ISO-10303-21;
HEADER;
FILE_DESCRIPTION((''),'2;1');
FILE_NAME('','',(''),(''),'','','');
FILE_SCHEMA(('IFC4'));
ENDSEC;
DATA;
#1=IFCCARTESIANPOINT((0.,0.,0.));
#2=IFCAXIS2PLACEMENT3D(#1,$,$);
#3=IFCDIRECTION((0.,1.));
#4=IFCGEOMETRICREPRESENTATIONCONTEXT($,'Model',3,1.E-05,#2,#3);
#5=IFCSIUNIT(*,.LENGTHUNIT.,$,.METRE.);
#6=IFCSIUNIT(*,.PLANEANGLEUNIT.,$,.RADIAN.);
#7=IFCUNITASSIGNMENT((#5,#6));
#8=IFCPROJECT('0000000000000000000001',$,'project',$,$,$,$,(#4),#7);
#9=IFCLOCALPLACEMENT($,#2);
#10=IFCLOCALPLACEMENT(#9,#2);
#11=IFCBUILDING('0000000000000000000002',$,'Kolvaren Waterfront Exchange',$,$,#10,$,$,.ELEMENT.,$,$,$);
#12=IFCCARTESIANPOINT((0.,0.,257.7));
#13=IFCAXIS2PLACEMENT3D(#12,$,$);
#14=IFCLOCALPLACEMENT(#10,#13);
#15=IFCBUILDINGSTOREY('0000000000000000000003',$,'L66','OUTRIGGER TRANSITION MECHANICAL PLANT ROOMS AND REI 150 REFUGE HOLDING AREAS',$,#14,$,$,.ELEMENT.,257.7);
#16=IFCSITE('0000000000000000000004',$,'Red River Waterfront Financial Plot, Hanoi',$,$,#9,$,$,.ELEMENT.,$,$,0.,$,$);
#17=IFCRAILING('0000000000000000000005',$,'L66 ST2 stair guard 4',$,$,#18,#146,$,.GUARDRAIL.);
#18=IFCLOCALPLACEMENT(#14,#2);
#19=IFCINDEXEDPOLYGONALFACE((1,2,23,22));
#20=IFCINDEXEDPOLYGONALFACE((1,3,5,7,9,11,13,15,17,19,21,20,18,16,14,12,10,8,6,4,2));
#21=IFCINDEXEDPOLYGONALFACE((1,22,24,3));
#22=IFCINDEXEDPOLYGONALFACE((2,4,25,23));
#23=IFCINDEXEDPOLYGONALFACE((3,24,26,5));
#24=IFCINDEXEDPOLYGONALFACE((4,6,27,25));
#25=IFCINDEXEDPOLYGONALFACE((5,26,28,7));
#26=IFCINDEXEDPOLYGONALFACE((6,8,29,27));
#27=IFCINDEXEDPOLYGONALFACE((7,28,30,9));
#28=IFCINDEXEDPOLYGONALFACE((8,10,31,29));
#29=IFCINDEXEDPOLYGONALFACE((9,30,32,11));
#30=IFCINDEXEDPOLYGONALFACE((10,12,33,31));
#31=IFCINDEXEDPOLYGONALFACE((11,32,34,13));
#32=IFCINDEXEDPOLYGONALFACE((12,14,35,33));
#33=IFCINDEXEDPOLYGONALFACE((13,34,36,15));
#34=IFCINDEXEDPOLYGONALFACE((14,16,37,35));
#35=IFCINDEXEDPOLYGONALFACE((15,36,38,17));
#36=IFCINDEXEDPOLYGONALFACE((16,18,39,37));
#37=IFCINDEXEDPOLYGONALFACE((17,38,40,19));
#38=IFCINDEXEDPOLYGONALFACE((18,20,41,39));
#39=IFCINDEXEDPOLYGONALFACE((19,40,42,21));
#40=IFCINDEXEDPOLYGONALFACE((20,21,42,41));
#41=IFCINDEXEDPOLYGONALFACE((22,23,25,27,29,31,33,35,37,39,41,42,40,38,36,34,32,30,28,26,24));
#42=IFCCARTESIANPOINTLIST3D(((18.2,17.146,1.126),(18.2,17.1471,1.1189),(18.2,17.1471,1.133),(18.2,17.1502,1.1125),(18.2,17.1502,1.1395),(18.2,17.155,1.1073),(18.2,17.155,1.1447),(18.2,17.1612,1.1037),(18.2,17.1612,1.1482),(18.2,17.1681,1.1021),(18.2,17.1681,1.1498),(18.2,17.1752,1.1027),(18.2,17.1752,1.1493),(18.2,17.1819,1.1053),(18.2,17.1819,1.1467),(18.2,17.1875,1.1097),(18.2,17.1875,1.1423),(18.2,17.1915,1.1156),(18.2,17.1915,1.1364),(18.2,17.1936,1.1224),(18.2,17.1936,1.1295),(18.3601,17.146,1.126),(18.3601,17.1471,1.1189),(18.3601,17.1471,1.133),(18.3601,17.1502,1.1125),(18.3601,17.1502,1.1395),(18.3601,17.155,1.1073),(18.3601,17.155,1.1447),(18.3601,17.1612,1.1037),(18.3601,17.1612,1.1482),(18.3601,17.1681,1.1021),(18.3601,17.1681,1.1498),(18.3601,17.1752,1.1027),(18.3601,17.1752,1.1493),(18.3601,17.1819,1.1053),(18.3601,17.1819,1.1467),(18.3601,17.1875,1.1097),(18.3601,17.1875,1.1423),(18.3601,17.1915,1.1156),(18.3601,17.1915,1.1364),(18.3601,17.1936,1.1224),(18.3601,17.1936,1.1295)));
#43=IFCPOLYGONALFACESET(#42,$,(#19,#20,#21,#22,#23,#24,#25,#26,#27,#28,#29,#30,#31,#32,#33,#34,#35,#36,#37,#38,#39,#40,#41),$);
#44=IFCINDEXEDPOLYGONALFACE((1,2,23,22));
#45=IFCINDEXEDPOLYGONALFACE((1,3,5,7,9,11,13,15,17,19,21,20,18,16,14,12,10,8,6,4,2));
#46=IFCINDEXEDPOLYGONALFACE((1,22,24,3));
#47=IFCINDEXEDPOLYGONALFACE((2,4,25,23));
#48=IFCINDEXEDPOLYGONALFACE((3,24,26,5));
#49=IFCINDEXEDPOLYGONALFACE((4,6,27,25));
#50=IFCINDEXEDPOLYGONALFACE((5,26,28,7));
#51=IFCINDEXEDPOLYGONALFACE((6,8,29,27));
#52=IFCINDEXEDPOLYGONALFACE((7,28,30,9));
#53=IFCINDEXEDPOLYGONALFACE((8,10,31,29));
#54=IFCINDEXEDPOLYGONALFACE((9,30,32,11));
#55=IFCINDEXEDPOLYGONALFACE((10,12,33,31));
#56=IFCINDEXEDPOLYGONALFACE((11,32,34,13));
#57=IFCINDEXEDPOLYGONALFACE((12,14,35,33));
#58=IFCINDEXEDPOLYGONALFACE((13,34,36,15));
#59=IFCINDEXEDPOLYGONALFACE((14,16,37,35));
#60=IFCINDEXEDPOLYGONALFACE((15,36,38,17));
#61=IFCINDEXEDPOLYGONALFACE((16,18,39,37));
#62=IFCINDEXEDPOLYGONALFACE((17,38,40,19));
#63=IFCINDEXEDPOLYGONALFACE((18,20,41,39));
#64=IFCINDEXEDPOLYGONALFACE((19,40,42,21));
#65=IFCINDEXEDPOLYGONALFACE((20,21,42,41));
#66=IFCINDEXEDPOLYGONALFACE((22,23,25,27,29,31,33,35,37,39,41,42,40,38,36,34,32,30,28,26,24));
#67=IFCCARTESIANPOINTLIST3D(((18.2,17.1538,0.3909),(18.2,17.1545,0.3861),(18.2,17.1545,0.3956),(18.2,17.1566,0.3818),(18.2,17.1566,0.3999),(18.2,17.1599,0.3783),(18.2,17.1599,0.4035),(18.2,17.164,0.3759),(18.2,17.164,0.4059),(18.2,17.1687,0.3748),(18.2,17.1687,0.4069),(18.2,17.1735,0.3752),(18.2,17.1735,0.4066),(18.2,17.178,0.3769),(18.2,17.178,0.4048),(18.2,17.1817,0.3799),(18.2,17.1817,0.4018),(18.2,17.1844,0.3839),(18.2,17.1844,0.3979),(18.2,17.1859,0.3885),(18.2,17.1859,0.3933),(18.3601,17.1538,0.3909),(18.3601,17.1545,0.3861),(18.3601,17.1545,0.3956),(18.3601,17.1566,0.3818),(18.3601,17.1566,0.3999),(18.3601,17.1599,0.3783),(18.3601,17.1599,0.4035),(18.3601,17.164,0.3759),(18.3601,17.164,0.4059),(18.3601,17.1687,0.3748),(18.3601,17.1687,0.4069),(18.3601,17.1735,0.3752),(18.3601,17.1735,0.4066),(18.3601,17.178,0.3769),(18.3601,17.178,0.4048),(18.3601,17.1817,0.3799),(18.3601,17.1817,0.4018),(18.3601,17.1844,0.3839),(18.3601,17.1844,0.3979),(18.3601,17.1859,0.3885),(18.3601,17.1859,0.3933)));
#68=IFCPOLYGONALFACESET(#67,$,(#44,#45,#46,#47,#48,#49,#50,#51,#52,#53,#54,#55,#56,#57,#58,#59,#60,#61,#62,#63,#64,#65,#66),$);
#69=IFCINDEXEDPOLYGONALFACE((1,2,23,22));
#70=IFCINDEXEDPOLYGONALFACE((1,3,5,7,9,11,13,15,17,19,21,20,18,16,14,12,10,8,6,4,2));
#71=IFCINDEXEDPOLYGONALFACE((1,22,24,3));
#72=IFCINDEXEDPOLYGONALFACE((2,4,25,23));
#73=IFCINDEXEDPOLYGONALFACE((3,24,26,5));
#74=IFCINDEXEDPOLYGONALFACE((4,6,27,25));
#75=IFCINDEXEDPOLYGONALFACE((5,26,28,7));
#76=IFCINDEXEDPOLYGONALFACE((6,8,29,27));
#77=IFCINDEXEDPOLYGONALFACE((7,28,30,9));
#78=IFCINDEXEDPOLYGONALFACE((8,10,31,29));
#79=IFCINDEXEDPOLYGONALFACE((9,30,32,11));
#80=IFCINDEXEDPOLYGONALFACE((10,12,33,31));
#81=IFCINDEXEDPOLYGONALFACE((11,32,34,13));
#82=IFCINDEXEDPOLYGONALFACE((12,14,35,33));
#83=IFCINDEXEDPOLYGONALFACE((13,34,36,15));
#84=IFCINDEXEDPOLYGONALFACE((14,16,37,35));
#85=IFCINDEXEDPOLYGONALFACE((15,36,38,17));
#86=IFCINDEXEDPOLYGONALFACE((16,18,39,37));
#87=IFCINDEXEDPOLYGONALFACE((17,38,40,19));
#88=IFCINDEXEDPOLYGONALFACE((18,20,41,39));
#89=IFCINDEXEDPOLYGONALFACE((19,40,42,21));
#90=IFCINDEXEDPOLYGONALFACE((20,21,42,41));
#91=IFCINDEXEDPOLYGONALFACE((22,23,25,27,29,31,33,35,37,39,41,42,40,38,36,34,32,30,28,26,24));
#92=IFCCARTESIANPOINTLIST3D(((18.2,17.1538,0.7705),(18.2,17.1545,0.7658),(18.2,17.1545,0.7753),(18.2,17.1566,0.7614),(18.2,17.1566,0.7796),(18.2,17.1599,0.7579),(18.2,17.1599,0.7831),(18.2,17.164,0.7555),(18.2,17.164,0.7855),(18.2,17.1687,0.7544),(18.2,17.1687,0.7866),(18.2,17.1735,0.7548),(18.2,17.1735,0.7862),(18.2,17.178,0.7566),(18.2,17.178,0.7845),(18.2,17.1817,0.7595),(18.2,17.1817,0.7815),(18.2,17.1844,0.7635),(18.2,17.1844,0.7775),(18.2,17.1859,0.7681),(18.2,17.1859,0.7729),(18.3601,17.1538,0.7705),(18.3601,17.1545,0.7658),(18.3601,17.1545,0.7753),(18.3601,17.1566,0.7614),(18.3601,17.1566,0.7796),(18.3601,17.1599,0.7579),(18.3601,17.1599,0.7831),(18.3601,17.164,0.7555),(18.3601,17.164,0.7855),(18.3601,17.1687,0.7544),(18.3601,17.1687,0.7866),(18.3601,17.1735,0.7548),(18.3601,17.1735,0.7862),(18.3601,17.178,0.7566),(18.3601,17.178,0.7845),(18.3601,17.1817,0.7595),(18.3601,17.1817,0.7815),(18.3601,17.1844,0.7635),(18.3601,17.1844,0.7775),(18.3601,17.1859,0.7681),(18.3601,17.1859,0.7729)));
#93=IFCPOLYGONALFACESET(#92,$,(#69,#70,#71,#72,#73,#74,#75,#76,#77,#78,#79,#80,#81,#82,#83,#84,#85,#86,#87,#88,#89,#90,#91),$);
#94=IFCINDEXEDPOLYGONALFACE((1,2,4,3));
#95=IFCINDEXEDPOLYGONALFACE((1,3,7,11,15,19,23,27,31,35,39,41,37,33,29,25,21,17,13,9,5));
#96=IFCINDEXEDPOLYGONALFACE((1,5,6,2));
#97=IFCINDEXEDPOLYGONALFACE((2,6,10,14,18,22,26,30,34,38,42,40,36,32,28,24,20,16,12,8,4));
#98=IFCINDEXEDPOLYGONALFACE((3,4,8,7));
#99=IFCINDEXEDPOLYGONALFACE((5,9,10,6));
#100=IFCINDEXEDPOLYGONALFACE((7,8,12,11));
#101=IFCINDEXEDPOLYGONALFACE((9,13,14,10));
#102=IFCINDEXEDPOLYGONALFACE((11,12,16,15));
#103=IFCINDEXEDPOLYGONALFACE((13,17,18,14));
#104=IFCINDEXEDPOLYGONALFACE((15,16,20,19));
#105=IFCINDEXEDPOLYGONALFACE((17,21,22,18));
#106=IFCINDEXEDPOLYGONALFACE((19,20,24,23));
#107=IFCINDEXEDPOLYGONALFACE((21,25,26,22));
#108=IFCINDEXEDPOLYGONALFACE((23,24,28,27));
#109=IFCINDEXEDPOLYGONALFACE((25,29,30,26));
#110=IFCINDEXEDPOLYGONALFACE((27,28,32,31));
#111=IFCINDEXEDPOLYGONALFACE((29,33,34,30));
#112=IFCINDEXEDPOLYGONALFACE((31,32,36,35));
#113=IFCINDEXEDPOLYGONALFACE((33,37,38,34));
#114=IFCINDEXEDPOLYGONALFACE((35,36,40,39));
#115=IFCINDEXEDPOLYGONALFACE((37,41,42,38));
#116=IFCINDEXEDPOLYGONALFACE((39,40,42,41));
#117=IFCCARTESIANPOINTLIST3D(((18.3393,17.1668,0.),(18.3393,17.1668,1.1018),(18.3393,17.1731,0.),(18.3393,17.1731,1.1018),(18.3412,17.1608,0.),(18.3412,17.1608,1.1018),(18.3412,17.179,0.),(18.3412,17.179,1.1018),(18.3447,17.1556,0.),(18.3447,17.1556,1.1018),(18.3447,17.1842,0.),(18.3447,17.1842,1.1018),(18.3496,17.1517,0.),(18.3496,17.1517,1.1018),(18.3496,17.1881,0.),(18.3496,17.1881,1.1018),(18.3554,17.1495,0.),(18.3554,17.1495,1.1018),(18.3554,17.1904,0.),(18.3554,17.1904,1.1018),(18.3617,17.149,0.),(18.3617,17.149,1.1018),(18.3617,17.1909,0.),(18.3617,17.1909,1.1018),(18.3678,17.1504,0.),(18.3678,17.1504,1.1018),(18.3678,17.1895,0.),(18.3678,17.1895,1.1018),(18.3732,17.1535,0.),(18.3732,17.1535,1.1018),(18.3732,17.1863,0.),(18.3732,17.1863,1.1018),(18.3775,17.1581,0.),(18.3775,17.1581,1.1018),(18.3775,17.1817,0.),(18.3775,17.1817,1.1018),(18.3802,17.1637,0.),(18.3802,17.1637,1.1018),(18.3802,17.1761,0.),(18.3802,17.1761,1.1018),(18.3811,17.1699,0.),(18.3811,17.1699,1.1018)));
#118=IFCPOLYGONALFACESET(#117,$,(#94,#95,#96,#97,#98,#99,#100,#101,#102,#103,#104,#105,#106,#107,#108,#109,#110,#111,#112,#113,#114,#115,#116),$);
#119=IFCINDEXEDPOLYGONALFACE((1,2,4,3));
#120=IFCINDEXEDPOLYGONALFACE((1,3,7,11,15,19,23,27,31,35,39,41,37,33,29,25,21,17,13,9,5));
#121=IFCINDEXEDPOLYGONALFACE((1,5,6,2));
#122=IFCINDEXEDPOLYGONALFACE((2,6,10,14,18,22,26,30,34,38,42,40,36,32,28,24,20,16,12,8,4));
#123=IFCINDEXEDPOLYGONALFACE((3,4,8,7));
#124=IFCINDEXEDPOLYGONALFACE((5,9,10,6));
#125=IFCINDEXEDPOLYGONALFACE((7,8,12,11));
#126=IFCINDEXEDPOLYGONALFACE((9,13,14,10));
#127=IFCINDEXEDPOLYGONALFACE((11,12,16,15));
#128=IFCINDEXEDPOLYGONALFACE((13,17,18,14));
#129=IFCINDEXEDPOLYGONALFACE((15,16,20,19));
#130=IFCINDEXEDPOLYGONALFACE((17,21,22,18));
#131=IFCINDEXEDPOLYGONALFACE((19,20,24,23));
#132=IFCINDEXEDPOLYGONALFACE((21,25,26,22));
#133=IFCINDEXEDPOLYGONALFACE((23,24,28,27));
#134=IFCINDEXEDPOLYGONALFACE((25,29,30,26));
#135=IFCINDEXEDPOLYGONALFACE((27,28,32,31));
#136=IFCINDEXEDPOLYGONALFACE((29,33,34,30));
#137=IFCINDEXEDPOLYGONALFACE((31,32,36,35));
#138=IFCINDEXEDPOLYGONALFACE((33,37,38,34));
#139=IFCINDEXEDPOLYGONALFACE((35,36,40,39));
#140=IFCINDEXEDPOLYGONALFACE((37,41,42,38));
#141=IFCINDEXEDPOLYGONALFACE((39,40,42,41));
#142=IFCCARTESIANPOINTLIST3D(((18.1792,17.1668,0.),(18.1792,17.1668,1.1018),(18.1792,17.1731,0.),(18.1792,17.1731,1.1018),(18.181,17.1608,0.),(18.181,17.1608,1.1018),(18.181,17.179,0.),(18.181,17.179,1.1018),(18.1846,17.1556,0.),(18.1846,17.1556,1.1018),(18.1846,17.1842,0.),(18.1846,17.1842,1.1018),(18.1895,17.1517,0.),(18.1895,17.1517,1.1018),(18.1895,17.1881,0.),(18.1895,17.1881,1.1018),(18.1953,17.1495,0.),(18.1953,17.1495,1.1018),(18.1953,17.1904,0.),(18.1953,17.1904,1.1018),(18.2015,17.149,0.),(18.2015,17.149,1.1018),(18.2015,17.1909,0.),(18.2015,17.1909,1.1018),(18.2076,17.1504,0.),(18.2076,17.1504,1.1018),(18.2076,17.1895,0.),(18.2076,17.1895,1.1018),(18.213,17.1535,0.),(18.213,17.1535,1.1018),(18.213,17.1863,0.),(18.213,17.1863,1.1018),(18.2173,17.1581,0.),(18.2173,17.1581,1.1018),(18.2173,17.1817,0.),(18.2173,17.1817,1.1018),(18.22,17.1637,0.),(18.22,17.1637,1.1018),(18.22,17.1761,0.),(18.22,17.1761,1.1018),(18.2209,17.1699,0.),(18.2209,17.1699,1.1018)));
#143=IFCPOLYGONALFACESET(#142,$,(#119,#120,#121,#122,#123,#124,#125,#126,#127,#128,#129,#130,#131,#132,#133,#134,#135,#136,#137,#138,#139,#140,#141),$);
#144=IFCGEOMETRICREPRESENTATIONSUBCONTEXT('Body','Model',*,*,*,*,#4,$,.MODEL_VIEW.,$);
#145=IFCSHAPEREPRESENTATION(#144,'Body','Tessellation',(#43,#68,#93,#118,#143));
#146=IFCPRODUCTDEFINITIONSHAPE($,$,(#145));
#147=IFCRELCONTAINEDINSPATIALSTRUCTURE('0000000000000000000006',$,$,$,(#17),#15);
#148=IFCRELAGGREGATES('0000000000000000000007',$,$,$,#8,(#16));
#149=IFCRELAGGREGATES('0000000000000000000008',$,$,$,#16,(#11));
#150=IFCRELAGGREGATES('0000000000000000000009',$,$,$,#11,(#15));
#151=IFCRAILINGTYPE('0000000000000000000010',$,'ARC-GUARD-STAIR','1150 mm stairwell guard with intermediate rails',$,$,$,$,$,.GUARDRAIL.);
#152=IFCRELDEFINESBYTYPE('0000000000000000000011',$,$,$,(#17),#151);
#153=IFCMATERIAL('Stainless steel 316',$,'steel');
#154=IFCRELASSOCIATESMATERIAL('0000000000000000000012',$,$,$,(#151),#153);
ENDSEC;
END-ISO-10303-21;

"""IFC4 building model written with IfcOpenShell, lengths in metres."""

from ifc_helpers import new_model, si_unit, direction, frame, origin, origin_2d, place, context, subcontext, project, spatial, circle, extrude, material, type_object, element, save


model = new_model("IFC4")

# Units and contexts
model_context = context("Model", 3, precision=1e-05, world=origin(), true_north=direction((0.0, 1.0)))
body_context = subcontext(model_context, "Body", "Model", "MODEL_VIEW")
ifc_project = project(units=[si_unit("LENGTHUNIT", "METRE"), si_unit("PLANEANGLEUNIT", "RADIAN")], contexts=[model_context])

# Site, building, storey
site_placement = place(None, origin())
site = spatial("IfcSite", under=ifc_project, at=site_placement, Name="Red River Waterfront Financial Plot, Hanoi", CompositionType="ELEMENT", RefElevation=0.0)
building_placement = place(site_placement, origin())
building = spatial("IfcBuilding", under=site, at=building_placement, Name="Kolvaren Waterfront Exchange", CompositionType="ELEMENT")
storey_placement = place(building_placement, frame((0.0, 0.0, 257.7)))
storey = spatial("IfcBuildingStorey", under=building, at=storey_placement, Name="L66", Description="OUTRIGGER TRANSITION MECHANICAL PLANT ROOMS AND REI 150 REFUGE HOLDING AREAS", CompositionType="ELEMENT", Elevation=257.7)

# Railing
ifc_material_1 = material(Name="Stainless steel 316", Category="steel")
railing_type_1 = type_object("IfcRailingType", Name="ARC-GUARD-STAIR", Description="1150 mm stairwell guard with intermediate rails", PredefinedType="GUARDRAIL", material=ifc_material_1)
railing_1_placement = place(storey_placement, frame((18.3601, 17.1699, 0.0)))
element("IfcRailing", 1, at=railing_1_placement, inside=storey, type_object=railing_type_1, Name="L66 ST2 stair guard 4", PredefinedType="GUARDRAIL", context=body_context, shape_type="SweptSolid", body=[
    extrude(circle(Radius=0.0239, at=origin_2d()), frame((0.0, 0.0, 1.126), z_axis=(-1.0, 0.0, 0.0), x_axis=(0.0, -1.0, 0.0)), (0.0, 0.0, 1.0), 0.1602),
    extrude(circle(Radius=0.0161, at=origin_2d()), frame((0.0, 0.0, 0.3909), z_axis=(-1.0, 0.0, 0.0), x_axis=(0.0, -1.0, 0.0)), (0.0, 0.0, 1.0), 0.1602),
    extrude(circle(Radius=0.0161, at=origin_2d()), frame((0.0, 0.0, 0.7705), z_axis=(-1.0, 0.0, 0.0), x_axis=(0.0, -1.0, 0.0)), (0.0, 0.0, 1.0), 0.1602),
    extrude(circle(Radius=0.021, at=origin_2d()), origin(), (0.0, 0.0, 1.0), 1.1018),
    extrude(circle(Radius=0.021, at=origin_2d()), frame((-0.1602, 0.0, 0.0)), (0.0, 0.0, 1.0), 1.1018),
])

save(model, "model.ifc")
